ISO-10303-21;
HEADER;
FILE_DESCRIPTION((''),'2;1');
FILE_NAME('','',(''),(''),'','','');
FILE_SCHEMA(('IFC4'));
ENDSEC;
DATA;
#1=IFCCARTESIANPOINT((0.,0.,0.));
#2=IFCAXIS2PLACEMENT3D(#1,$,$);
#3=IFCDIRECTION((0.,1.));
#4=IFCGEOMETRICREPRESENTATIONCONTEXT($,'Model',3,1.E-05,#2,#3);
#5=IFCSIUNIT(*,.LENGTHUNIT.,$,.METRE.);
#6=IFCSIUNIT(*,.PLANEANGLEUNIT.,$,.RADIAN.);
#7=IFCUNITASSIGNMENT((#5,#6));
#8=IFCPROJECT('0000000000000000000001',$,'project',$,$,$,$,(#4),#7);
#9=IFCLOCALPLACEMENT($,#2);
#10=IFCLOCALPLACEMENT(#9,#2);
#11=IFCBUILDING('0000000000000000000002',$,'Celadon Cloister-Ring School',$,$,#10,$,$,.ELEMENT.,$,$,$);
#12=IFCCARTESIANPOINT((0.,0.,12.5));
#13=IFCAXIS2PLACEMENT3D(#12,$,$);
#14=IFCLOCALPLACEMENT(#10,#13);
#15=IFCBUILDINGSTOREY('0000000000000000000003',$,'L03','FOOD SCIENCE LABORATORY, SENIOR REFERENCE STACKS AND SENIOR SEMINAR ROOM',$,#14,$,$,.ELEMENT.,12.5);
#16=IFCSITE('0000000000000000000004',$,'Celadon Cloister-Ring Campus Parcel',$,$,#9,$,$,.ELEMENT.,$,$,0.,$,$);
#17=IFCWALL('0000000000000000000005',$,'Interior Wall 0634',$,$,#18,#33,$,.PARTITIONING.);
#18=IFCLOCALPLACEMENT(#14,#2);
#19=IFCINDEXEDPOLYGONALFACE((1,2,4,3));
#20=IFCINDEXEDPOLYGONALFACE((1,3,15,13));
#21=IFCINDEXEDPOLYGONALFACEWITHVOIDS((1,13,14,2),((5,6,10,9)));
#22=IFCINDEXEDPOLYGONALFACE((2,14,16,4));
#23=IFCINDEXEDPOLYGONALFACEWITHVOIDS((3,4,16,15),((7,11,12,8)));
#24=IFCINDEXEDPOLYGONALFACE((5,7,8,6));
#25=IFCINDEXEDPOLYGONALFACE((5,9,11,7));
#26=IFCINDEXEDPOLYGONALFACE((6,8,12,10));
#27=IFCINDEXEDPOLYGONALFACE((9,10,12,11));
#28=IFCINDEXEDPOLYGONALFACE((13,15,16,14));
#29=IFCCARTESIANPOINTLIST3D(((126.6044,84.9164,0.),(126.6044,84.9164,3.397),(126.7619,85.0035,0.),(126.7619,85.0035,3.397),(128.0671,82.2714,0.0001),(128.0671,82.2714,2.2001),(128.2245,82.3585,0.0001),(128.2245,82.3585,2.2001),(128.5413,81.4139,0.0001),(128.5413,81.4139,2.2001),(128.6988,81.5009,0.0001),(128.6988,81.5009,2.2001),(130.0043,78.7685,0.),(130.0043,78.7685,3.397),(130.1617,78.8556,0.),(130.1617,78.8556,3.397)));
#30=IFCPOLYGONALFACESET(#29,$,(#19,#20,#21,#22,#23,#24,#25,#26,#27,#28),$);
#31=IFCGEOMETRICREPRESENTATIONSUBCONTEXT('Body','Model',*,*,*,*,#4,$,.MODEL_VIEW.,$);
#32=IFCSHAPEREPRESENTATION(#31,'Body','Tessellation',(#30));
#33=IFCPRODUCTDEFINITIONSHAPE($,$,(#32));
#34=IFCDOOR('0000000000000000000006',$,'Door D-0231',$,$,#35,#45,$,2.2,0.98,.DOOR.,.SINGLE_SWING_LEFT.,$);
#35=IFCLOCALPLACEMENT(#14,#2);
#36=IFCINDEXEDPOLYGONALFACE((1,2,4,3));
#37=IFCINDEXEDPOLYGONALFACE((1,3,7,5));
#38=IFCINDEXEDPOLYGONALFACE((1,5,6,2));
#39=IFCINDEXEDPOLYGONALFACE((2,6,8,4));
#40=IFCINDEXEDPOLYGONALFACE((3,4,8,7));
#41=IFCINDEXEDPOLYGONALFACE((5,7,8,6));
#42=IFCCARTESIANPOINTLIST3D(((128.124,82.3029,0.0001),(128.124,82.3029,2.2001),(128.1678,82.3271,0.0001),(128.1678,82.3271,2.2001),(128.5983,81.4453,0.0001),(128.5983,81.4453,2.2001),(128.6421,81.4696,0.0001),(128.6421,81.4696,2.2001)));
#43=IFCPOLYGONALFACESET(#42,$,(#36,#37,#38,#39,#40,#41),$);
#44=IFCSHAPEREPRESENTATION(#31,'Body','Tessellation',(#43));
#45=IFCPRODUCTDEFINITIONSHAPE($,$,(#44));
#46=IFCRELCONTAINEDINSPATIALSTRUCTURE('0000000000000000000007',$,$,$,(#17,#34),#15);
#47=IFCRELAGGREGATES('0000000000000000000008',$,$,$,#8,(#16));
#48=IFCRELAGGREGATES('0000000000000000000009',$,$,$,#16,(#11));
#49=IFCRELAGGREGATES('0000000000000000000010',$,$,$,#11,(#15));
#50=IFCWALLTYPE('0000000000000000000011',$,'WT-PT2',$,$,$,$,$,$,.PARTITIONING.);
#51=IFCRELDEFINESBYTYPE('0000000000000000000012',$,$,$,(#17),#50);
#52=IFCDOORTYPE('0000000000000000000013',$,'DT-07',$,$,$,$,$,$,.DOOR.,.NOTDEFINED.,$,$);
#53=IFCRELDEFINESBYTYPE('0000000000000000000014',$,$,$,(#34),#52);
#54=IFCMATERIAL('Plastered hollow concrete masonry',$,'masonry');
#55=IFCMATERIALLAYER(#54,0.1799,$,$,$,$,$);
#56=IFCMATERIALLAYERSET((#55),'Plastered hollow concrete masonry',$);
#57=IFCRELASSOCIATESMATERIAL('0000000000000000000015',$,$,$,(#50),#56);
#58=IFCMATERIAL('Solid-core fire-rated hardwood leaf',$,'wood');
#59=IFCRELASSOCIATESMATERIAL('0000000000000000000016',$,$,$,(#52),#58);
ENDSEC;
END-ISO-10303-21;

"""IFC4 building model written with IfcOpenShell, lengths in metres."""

from ifc_helpers import new_model, si_unit, direction, frame, frame_2d, origin, place, context, subcontext, project, spatial, rectangle, extrude, material, layer, layer_set, type_object, element, fill, save


model = new_model("IFC4")

# Units and contexts
model_context = context("Model", 3, precision=1e-05, world=origin(), true_north=direction((0.0, 1.0)))
body_context = subcontext(model_context, "Body", "Model", "MODEL_VIEW")
ifc_project = project(units=[si_unit("LENGTHUNIT", "METRE"), si_unit("PLANEANGLEUNIT", "RADIAN")], contexts=[model_context])

# Site, building, storey
site_placement = place(None, origin())
site = spatial("IfcSite", under=ifc_project, at=site_placement, Name="Celadon Cloister-Ring Campus Parcel", CompositionType="ELEMENT", RefElevation=0.0)
building_placement = place(site_placement, origin())
building = spatial("IfcBuilding", under=site, at=building_placement, Name="Celadon Cloister-Ring School", CompositionType="ELEMENT")
storey_placement = place(building_placement, frame((0.0, 0.0, 12.5)))
storey = spatial("IfcBuildingStorey", under=building, at=storey_placement, Name="L03", Description="FOOD SCIENCE LABORATORY, SENIOR REFERENCE STACKS AND SENIOR SEMINAR ROOM", CompositionType="ELEMENT", Elevation=12.5)

# Wall, opening, door
ifc_material_1 = material(Name="Plastered hollow concrete masonry", Category="masonry")
ifc_layer_1 = layer(ifc_material_1, 0.1799)
ifc_layer_set_1 = layer_set([ifc_layer_1], Name="Plastered hollow concrete masonry")
wall_type = type_object("IfcWallType", Name="WT-PT2", PredefinedType="PARTITIONING", material=ifc_layer_set_1)
wall_placement = place(storey_placement, frame((130.083, 78.812, 0.0), z_axis=(0.0, 0.0, 1.0), x_axis=(-0.483942, 0.8751, 0.0)))
wall = element("IfcWall", 1, at=wall_placement, inside=storey, type_object=wall_type, Name="Interior Wall 0634", PredefinedType="PARTITIONING", context=body_context, shape_type="SweptSolid", body=[
    extrude(rectangle(XDim=7.0254, YDim=0.1799, at=frame_2d((3.5127, 0.0))), origin(), (0.0, 0.0, 1.0), 3.397),
])
opening_placement = place(wall_placement, frame((3.0229, 0.0, 0.0)))
opening = element("IfcOpeningElement", 2, at=opening_placement, cuts=wall, PredefinedType="OPENING", context=body_context, shape_type="SweptSolid", body=[
    extrude(rectangle(XDim=0.98, YDim=2.2, at=frame_2d((0.49, 1.1001))), frame((0.0, 0.1001, 0.0), z_axis=(0.0, -1.0, 0.0), x_axis=(1.0, 0.0, 0.0)), (0.0, 0.0, 1.0), 0.2),
])
ifc_material_2 = material(Name="Solid-core fire-rated hardwood leaf", Category="wood")
door_type = type_object("IfcDoorType", Name="DT-07", OperationType="NOTDEFINED", PredefinedType="DOOR", material=ifc_material_2)
door_placement = place(opening_placement, origin())
door = element("IfcDoor", 3, at=door_placement, inside=storey, type_object=door_type, Name="Door D-0231", OperationType="SINGLE_SWING_LEFT", OverallHeight=2.2, OverallWidth=0.98, PredefinedType="DOOR", context=body_context, shape_type="SweptSolid", body=[
    extrude(rectangle(XDim=0.98, YDim=2.2, at=frame_2d((0.49, 1.1001))), frame((0.0, 0.0249, 0.0), z_axis=(0.0, -1.0, 0.0), x_axis=(1.0, 0.0, 0.0)), (0.0, 0.0, 1.0), 0.05),
])
fill(opening, door)

save(model, "model.ifc")
